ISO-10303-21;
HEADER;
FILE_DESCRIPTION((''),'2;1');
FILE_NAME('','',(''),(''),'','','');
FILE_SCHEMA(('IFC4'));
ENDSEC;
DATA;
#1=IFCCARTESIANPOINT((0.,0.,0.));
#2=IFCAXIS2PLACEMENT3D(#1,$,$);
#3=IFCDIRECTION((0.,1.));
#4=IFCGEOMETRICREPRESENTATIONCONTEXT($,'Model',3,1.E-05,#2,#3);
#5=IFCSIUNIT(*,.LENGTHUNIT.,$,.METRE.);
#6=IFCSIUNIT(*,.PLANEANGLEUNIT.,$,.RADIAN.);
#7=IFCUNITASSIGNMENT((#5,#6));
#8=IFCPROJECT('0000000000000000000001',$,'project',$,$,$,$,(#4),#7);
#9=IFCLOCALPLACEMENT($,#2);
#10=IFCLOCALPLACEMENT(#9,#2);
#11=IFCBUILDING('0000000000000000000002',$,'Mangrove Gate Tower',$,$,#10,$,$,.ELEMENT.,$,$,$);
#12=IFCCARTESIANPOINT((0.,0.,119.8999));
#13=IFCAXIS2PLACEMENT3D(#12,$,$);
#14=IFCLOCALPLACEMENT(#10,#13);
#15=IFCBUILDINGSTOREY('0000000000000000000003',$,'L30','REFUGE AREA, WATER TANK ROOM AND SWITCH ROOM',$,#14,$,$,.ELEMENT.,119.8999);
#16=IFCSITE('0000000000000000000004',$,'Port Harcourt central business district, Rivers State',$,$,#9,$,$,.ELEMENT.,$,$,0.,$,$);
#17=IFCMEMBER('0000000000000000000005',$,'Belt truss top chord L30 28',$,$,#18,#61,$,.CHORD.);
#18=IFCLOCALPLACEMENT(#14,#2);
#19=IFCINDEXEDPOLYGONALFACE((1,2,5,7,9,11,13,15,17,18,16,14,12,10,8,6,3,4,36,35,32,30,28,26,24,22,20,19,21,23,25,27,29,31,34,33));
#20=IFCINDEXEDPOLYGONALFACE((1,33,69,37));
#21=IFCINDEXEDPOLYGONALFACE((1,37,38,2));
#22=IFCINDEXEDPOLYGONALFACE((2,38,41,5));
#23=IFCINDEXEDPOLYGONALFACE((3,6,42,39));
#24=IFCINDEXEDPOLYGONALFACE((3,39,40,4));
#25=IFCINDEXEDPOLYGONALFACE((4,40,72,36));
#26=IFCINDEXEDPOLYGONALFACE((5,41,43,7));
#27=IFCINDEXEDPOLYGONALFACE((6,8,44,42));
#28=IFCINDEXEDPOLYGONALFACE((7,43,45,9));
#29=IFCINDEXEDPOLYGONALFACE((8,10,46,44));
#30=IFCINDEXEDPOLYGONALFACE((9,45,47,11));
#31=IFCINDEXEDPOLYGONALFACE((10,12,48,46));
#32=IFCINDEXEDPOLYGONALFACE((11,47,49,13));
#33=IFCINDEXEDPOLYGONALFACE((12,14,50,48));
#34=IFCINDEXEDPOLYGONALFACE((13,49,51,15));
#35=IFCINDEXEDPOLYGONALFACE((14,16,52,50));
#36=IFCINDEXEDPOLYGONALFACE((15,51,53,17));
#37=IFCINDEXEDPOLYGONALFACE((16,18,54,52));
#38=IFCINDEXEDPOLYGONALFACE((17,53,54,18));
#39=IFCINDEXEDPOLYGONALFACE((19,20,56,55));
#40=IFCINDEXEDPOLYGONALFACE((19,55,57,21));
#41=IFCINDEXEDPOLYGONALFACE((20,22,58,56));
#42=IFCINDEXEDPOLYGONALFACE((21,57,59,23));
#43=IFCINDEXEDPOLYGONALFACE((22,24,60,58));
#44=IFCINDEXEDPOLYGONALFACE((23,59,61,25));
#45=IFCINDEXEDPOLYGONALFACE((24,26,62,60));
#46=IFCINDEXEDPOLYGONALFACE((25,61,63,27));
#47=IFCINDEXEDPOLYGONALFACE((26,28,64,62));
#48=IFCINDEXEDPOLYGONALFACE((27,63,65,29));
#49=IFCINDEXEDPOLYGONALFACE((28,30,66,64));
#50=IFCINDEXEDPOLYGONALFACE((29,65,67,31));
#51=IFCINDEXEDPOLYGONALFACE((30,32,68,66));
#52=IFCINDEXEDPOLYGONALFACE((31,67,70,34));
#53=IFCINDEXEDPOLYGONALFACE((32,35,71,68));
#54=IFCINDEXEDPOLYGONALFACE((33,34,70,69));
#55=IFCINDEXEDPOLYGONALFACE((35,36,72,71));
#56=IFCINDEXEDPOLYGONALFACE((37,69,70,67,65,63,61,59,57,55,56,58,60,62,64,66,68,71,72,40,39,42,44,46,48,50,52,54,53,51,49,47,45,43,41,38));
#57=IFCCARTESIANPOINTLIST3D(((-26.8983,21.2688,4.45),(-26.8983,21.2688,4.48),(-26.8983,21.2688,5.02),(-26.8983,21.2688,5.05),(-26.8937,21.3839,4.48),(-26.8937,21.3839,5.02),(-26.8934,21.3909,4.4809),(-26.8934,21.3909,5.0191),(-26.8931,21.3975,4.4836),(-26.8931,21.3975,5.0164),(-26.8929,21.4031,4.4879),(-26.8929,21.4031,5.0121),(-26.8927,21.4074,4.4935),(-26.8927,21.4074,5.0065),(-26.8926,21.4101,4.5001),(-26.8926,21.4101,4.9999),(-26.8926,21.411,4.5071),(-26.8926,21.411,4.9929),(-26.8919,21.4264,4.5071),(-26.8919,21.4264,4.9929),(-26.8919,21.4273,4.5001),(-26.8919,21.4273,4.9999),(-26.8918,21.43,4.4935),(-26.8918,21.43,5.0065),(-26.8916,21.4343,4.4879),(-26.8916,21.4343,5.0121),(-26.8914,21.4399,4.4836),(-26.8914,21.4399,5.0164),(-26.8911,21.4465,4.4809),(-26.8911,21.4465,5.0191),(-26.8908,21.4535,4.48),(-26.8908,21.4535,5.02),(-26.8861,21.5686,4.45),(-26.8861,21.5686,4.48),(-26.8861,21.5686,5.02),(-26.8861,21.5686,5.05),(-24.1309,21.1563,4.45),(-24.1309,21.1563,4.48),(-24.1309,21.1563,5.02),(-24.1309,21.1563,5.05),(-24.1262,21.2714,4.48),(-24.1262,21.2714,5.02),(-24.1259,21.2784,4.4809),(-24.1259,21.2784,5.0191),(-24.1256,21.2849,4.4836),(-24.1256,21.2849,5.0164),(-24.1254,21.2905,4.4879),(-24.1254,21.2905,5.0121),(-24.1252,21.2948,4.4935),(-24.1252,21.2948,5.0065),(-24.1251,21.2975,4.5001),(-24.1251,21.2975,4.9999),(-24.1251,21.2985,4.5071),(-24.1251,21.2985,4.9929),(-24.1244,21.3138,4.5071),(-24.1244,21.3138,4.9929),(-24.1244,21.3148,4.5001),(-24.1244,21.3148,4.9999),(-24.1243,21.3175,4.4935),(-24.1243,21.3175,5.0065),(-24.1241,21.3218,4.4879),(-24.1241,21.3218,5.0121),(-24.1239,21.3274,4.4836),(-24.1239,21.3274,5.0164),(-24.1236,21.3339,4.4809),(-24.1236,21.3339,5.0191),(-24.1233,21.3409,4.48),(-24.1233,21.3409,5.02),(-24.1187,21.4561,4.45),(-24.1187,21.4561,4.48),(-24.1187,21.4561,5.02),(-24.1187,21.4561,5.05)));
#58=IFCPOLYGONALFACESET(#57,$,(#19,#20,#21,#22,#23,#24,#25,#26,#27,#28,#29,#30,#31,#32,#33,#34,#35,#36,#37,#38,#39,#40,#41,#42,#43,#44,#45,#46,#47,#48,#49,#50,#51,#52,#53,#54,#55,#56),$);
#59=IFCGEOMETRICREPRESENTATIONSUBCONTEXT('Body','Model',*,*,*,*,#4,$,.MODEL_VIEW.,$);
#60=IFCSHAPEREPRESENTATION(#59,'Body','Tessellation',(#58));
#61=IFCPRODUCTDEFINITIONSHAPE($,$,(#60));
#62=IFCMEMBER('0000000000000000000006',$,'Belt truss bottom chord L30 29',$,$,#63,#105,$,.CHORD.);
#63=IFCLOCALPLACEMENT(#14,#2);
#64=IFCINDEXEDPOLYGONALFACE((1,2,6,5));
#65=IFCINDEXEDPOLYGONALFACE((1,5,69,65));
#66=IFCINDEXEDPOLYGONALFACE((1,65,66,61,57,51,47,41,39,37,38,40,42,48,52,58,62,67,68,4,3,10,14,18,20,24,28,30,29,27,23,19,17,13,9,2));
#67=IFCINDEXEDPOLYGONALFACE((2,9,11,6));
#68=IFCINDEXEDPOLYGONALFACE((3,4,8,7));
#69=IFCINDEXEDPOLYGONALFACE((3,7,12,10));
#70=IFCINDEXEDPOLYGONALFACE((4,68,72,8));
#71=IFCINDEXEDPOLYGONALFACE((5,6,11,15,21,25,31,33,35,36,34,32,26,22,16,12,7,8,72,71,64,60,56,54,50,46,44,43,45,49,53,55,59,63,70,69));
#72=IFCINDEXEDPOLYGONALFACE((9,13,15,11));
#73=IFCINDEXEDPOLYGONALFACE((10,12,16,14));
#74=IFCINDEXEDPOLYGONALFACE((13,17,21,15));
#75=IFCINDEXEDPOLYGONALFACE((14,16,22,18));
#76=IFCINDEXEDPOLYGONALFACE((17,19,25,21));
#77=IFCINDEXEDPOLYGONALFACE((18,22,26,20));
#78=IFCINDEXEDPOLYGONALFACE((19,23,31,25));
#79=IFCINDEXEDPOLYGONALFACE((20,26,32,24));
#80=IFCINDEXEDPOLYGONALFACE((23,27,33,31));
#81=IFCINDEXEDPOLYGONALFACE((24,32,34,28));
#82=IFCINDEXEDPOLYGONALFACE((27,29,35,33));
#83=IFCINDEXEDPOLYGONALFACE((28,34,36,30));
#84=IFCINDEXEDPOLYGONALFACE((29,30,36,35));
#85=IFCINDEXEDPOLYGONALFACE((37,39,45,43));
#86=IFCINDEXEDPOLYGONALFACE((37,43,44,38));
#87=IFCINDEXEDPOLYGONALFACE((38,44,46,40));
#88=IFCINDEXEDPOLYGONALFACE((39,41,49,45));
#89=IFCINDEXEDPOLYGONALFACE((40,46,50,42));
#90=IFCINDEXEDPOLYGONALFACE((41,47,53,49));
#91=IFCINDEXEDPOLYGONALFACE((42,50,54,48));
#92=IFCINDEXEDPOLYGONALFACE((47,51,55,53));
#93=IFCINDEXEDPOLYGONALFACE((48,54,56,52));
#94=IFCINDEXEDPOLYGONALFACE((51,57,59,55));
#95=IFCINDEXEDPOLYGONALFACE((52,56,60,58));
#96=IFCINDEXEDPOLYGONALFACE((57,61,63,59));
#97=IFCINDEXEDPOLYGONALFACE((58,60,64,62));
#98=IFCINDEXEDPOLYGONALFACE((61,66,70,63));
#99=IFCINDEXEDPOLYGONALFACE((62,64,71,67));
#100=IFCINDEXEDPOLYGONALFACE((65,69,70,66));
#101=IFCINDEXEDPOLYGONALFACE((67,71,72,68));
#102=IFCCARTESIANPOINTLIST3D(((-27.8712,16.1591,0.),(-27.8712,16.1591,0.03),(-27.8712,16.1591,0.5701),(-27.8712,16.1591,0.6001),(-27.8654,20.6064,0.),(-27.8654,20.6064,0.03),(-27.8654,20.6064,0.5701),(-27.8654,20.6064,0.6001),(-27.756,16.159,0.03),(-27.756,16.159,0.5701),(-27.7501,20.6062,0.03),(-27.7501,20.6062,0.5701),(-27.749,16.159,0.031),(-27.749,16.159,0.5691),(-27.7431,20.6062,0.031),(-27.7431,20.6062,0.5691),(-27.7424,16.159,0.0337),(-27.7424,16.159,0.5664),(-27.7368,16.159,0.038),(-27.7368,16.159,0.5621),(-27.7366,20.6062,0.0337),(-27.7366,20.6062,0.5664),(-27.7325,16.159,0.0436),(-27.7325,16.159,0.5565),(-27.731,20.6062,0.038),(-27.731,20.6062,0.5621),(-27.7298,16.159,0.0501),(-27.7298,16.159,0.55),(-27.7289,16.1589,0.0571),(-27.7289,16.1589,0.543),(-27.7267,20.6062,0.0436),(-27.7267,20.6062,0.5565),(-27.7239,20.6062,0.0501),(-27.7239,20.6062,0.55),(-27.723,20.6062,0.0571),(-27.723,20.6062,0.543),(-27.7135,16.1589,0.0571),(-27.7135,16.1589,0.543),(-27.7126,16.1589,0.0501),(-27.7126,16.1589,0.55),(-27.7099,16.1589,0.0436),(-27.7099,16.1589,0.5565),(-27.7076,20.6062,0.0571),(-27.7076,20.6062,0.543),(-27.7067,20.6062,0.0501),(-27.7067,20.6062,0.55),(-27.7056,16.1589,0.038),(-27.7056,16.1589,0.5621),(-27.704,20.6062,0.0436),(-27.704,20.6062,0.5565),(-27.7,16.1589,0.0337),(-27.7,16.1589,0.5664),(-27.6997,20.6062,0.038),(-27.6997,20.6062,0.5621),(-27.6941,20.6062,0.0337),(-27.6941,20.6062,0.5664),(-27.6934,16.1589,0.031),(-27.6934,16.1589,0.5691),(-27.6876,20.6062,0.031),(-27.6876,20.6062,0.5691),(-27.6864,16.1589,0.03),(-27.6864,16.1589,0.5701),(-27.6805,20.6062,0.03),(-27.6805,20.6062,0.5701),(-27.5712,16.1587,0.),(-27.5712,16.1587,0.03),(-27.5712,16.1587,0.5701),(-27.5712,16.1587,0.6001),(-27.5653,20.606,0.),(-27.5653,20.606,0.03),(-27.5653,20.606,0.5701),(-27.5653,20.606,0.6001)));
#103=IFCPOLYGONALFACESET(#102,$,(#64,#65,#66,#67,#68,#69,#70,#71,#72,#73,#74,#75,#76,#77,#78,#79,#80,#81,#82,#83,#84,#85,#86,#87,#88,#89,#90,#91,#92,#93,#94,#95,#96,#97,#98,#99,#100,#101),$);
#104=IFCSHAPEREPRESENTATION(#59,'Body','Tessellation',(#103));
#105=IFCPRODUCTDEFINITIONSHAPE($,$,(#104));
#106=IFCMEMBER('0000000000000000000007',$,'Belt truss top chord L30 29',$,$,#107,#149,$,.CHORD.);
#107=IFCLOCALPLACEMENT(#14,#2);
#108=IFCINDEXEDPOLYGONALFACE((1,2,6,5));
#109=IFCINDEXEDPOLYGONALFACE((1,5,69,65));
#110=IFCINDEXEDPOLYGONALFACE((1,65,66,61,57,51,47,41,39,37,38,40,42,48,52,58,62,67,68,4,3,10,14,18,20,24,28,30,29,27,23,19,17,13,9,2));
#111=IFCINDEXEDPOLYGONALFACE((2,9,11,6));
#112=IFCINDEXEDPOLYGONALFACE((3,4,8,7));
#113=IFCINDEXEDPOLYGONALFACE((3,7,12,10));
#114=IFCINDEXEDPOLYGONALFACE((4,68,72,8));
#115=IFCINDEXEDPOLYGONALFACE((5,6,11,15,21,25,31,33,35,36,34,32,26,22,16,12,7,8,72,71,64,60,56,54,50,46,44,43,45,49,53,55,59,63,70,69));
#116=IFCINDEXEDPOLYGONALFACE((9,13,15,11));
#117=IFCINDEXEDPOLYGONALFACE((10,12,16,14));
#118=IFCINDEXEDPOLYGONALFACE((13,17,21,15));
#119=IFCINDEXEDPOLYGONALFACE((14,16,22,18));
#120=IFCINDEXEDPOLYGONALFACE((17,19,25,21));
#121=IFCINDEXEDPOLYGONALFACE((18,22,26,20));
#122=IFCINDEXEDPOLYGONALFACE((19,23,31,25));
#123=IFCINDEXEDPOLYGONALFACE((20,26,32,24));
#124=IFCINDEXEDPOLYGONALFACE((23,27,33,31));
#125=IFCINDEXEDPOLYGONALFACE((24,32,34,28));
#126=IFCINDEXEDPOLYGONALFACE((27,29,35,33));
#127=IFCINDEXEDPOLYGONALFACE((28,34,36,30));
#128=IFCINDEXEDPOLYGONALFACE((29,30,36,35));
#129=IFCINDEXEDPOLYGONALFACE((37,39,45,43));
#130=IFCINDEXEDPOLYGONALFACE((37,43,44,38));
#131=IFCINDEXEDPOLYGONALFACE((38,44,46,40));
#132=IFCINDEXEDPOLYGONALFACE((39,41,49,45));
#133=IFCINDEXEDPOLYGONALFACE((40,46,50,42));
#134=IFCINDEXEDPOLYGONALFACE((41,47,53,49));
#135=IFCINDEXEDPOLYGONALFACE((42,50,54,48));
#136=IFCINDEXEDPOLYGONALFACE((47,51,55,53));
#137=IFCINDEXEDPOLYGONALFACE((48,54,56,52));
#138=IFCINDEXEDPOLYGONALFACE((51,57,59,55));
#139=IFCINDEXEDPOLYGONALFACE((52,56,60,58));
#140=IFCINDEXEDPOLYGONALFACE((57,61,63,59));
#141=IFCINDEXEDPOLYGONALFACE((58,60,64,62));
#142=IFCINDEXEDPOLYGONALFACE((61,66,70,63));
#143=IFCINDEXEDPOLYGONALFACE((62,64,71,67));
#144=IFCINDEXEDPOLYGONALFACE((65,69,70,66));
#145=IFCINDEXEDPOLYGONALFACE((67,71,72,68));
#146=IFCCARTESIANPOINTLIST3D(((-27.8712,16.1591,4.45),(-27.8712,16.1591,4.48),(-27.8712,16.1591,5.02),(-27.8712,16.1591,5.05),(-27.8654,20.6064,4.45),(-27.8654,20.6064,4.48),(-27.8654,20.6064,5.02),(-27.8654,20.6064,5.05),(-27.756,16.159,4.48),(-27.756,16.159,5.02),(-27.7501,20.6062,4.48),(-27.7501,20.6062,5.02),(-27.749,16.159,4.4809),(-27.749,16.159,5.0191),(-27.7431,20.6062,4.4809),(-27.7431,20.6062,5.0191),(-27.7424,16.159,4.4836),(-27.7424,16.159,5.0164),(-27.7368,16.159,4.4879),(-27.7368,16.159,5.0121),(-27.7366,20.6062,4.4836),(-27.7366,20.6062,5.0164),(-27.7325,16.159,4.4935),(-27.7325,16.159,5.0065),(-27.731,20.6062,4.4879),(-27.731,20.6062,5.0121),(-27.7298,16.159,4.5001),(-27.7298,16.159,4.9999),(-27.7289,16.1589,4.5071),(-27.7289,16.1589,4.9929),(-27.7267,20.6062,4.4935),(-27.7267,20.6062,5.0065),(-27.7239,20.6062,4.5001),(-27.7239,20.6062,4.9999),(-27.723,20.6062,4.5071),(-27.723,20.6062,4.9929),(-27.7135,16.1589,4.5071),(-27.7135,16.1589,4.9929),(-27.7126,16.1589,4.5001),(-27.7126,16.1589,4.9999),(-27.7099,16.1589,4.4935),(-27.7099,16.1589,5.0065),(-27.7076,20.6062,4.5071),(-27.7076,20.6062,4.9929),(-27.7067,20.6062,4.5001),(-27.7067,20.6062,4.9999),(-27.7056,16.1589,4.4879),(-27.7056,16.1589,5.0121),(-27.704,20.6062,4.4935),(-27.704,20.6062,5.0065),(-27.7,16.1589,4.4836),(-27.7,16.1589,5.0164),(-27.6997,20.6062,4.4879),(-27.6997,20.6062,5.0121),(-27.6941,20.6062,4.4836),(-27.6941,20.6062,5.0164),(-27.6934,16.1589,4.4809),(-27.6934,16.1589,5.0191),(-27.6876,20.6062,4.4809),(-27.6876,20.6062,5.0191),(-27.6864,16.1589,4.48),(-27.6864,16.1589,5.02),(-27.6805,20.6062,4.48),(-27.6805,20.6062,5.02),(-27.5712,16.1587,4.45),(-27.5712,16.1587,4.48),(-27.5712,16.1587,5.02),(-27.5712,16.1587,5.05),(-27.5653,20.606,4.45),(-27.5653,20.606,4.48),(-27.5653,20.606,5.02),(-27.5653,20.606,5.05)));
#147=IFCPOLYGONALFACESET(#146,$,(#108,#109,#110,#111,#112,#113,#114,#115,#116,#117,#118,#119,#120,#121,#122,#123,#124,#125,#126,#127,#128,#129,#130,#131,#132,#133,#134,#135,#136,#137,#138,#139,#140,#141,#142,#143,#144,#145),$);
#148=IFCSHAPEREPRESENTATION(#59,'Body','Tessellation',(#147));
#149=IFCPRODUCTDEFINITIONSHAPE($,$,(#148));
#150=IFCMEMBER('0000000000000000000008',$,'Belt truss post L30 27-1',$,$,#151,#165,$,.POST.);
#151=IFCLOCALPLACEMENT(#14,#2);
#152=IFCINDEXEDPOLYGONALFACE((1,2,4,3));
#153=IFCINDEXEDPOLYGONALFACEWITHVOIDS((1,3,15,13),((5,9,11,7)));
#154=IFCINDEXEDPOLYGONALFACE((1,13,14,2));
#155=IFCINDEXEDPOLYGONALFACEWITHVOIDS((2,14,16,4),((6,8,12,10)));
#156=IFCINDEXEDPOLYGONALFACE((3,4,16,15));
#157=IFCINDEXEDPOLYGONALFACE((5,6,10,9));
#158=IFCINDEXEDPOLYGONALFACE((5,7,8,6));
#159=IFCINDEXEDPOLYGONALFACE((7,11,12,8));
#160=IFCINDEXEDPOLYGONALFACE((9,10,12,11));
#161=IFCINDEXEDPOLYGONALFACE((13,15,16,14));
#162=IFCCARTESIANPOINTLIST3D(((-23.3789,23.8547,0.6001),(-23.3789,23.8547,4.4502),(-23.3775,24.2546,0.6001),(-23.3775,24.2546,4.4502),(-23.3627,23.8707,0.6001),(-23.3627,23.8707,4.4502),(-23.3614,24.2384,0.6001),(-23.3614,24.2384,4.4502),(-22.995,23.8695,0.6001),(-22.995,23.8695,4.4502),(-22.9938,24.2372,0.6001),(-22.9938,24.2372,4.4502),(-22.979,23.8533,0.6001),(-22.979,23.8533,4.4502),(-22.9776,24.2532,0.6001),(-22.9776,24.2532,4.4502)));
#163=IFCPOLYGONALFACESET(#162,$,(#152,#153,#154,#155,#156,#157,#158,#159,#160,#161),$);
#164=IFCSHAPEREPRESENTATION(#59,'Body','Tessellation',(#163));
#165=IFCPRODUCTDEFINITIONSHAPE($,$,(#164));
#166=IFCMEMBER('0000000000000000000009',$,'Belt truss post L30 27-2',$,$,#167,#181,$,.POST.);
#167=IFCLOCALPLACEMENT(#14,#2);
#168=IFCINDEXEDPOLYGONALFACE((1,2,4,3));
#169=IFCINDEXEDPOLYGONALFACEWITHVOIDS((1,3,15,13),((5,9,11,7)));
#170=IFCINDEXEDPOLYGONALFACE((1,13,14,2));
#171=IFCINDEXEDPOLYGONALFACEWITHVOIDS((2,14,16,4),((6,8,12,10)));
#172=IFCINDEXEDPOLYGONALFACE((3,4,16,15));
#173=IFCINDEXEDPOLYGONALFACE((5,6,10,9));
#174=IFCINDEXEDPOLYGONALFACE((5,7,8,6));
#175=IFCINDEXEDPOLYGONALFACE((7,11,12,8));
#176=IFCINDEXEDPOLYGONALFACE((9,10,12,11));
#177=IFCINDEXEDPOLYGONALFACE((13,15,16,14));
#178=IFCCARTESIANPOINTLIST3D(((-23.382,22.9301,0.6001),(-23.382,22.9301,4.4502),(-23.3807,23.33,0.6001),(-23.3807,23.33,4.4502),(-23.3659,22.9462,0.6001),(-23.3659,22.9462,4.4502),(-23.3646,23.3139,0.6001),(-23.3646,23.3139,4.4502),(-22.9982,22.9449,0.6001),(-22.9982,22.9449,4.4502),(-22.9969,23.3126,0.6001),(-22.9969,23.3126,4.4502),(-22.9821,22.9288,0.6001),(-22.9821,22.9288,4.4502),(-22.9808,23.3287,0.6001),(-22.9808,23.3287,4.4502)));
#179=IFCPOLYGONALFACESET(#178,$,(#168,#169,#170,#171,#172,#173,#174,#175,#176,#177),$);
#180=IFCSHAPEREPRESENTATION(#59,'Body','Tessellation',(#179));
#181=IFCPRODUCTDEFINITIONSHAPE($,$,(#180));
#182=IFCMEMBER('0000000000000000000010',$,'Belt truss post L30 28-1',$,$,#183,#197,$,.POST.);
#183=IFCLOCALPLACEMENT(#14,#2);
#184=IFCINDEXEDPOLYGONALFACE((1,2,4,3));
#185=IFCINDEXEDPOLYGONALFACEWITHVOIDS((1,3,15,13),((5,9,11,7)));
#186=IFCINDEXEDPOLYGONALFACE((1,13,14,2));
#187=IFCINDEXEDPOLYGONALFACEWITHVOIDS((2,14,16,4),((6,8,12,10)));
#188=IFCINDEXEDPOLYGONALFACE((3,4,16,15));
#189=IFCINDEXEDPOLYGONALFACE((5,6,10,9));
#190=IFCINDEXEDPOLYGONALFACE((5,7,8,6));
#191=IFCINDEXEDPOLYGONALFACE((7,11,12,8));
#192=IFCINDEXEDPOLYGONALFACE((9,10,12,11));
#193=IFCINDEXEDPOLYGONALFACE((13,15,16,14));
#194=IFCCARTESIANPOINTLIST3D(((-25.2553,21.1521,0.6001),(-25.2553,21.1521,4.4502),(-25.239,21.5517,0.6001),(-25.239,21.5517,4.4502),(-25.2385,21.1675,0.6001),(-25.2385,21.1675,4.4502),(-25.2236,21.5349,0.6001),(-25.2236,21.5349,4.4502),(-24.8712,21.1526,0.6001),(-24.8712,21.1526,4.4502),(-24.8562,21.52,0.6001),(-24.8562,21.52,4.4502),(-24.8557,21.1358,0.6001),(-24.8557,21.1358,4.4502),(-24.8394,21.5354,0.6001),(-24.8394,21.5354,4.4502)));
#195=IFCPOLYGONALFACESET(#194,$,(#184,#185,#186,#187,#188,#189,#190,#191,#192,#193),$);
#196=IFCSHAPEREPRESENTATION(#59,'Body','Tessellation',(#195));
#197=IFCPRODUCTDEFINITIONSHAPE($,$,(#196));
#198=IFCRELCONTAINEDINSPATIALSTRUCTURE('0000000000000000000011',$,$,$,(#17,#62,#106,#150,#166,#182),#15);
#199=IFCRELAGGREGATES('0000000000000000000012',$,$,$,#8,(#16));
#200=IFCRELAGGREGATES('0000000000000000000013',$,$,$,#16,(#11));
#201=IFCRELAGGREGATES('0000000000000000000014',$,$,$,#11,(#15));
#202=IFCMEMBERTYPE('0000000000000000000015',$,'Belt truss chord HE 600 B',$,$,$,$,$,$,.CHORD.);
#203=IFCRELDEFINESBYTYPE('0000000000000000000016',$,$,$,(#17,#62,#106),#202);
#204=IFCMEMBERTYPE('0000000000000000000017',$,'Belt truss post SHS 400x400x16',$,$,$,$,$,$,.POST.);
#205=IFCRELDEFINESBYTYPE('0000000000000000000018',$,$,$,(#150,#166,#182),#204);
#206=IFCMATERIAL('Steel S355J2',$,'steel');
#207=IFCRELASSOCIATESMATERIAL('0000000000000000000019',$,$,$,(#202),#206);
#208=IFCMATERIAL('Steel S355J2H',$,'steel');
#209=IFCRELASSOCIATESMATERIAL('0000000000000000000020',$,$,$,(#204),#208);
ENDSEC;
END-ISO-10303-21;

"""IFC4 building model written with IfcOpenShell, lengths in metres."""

from ifc_helpers import new_model, si_unit, direction, frame, origin, origin_2d, place, context, subcontext, project, spatial, hollow_rectangle, i_section, extrude, material, material_profile, profile_set, type_object, element, save


model = new_model("IFC4")

# Units and contexts
model_context = context("Model", 3, precision=1e-05, world=origin(), true_north=direction((0.0, 1.0)))
body_context = subcontext(model_context, "Body", "Model", "MODEL_VIEW")
ifc_project = project(units=[si_unit("LENGTHUNIT", "METRE"), si_unit("PLANEANGLEUNIT", "RADIAN")], contexts=[model_context])

# Site, building, storey
site_placement = place(None, origin())
site = spatial("IfcSite", under=ifc_project, at=site_placement, Name="Port Harcourt central business district, Rivers State", CompositionType="ELEMENT", RefElevation=0.0)
building_placement = place(site_placement, origin())
building = spatial("IfcBuilding", under=site, at=building_placement, Name="Mangrove Gate Tower", CompositionType="ELEMENT")
storey_placement = place(building_placement, frame((0.0, 0.0, 119.8999)))
storey = spatial("IfcBuildingStorey", under=building, at=storey_placement, Name="L30", Description="REFUGE AREA, WATER TANK ROOM AND SWITCH ROOM", CompositionType="ELEMENT", Elevation=119.8999)

# Members
ifc_material_1 = material(Name="Steel S355J2", Category="steel")
ifc_material_profile_1 = material_profile(ifc_material_1, i_section(OverallWidth=0.3, OverallDepth=0.6001, WebThickness=0.0154, FlangeThickness=0.03, FilletRadius=0.0271, at=origin_2d()))
ifc_profile_set_1 = profile_set([ifc_material_profile_1], Name="Steel S355J2")
member_type_1 = type_object("IfcMemberType", Name="Belt truss chord HE 600 B", PredefinedType="CHORD", material=ifc_profile_set_1)
for number, where, z_axis, x_axis, name in (
    (1, (-24.1248, 21.3062, 4.75), (-0.999174, 0.040633, 0.0), (-0.040633, -0.999174, 0.0), "Belt truss top chord L30 28"),
):
    element("IfcMember", number, at=place(storey_placement, frame(where, z_axis=z_axis, x_axis=x_axis)), inside=storey, type_object=member_type_1, Name=name, PredefinedType="CHORD", context=body_context, shape_type="SweptSolid", body=[
        extrude(i_section(OverallWidth=0.3, OverallDepth=0.6001, WebThickness=0.0154, FlangeThickness=0.03, FilletRadius=0.0271, at=origin_2d()), origin(), (0.0, 0.0, 1.0), 2.7698),
    ])
for number, where, z_axis, x_axis, name in (
    (2, (-27.7153, 20.6062, 0.3), (-0.001318, -0.999999, 0.0), (0.999999, -0.001318, 0.0), "Belt truss bottom chord L30 29"),
    (3, (-27.7153, 20.6062, 4.75), (-0.001318, -0.999999, 0.0), (0.999999, -0.001318, 0.0), "Belt truss top chord L30 29"),
):
    element("IfcMember", number, at=place(storey_placement, frame(where, z_axis=z_axis, x_axis=x_axis)), inside=storey, type_object=member_type_1, Name=name, PredefinedType="CHORD", context=body_context, shape_type="SweptSolid", body=[
        extrude(i_section(OverallWidth=0.3, OverallDepth=0.6001, WebThickness=0.0154, FlangeThickness=0.03, FilletRadius=0.0271, at=origin_2d()), origin(), (0.0, 0.0, 1.0), 4.4473),
    ])
ifc_material_2 = material(Name="Steel S355J2H", Category="steel")
ifc_material_profile_2 = material_profile(ifc_material_2, hollow_rectangle(XDim=0.3999, YDim=0.3999, WallThickness=0.0161, at=origin_2d()))
ifc_profile_set_2 = profile_set([ifc_material_profile_2], Name="Steel S355J2H")
member_type_2 = type_object("IfcMemberType", Name="Belt truss post SHS 400x400x16", PredefinedType="POST", material=ifc_profile_set_2)
for number, where, z_axis, x_axis, name in (
    (4, (-23.1782, 24.054, 0.6001), (0.0, 0.0, 1.0), (-0.003388, -0.999994, 0.0), "Belt truss post L30 27-1"),
    (5, (-23.1814, 23.1294, 0.6001), (0.0, 0.0, 1.0), (-0.003388, -0.999994, 0.0), "Belt truss post L30 27-2"),
    (6, (-25.0474, 21.3438, 0.6001), (0.0, 0.0, 1.0), (-0.999172, 0.040674, 0.0), "Belt truss post L30 28-1"),
):
    element("IfcMember", number, at=place(storey_placement, frame(where, z_axis=z_axis, x_axis=x_axis)), inside=storey, type_object=member_type_2, Name=name, PredefinedType="POST", context=body_context, shape_type="SweptSolid", body=[
        extrude(hollow_rectangle(XDim=0.3999, YDim=0.3999, WallThickness=0.0161, at=origin_2d()), origin(), (0.0, 0.0, 1.0), 3.8501),
    ])

save(model, "model.ifc")
